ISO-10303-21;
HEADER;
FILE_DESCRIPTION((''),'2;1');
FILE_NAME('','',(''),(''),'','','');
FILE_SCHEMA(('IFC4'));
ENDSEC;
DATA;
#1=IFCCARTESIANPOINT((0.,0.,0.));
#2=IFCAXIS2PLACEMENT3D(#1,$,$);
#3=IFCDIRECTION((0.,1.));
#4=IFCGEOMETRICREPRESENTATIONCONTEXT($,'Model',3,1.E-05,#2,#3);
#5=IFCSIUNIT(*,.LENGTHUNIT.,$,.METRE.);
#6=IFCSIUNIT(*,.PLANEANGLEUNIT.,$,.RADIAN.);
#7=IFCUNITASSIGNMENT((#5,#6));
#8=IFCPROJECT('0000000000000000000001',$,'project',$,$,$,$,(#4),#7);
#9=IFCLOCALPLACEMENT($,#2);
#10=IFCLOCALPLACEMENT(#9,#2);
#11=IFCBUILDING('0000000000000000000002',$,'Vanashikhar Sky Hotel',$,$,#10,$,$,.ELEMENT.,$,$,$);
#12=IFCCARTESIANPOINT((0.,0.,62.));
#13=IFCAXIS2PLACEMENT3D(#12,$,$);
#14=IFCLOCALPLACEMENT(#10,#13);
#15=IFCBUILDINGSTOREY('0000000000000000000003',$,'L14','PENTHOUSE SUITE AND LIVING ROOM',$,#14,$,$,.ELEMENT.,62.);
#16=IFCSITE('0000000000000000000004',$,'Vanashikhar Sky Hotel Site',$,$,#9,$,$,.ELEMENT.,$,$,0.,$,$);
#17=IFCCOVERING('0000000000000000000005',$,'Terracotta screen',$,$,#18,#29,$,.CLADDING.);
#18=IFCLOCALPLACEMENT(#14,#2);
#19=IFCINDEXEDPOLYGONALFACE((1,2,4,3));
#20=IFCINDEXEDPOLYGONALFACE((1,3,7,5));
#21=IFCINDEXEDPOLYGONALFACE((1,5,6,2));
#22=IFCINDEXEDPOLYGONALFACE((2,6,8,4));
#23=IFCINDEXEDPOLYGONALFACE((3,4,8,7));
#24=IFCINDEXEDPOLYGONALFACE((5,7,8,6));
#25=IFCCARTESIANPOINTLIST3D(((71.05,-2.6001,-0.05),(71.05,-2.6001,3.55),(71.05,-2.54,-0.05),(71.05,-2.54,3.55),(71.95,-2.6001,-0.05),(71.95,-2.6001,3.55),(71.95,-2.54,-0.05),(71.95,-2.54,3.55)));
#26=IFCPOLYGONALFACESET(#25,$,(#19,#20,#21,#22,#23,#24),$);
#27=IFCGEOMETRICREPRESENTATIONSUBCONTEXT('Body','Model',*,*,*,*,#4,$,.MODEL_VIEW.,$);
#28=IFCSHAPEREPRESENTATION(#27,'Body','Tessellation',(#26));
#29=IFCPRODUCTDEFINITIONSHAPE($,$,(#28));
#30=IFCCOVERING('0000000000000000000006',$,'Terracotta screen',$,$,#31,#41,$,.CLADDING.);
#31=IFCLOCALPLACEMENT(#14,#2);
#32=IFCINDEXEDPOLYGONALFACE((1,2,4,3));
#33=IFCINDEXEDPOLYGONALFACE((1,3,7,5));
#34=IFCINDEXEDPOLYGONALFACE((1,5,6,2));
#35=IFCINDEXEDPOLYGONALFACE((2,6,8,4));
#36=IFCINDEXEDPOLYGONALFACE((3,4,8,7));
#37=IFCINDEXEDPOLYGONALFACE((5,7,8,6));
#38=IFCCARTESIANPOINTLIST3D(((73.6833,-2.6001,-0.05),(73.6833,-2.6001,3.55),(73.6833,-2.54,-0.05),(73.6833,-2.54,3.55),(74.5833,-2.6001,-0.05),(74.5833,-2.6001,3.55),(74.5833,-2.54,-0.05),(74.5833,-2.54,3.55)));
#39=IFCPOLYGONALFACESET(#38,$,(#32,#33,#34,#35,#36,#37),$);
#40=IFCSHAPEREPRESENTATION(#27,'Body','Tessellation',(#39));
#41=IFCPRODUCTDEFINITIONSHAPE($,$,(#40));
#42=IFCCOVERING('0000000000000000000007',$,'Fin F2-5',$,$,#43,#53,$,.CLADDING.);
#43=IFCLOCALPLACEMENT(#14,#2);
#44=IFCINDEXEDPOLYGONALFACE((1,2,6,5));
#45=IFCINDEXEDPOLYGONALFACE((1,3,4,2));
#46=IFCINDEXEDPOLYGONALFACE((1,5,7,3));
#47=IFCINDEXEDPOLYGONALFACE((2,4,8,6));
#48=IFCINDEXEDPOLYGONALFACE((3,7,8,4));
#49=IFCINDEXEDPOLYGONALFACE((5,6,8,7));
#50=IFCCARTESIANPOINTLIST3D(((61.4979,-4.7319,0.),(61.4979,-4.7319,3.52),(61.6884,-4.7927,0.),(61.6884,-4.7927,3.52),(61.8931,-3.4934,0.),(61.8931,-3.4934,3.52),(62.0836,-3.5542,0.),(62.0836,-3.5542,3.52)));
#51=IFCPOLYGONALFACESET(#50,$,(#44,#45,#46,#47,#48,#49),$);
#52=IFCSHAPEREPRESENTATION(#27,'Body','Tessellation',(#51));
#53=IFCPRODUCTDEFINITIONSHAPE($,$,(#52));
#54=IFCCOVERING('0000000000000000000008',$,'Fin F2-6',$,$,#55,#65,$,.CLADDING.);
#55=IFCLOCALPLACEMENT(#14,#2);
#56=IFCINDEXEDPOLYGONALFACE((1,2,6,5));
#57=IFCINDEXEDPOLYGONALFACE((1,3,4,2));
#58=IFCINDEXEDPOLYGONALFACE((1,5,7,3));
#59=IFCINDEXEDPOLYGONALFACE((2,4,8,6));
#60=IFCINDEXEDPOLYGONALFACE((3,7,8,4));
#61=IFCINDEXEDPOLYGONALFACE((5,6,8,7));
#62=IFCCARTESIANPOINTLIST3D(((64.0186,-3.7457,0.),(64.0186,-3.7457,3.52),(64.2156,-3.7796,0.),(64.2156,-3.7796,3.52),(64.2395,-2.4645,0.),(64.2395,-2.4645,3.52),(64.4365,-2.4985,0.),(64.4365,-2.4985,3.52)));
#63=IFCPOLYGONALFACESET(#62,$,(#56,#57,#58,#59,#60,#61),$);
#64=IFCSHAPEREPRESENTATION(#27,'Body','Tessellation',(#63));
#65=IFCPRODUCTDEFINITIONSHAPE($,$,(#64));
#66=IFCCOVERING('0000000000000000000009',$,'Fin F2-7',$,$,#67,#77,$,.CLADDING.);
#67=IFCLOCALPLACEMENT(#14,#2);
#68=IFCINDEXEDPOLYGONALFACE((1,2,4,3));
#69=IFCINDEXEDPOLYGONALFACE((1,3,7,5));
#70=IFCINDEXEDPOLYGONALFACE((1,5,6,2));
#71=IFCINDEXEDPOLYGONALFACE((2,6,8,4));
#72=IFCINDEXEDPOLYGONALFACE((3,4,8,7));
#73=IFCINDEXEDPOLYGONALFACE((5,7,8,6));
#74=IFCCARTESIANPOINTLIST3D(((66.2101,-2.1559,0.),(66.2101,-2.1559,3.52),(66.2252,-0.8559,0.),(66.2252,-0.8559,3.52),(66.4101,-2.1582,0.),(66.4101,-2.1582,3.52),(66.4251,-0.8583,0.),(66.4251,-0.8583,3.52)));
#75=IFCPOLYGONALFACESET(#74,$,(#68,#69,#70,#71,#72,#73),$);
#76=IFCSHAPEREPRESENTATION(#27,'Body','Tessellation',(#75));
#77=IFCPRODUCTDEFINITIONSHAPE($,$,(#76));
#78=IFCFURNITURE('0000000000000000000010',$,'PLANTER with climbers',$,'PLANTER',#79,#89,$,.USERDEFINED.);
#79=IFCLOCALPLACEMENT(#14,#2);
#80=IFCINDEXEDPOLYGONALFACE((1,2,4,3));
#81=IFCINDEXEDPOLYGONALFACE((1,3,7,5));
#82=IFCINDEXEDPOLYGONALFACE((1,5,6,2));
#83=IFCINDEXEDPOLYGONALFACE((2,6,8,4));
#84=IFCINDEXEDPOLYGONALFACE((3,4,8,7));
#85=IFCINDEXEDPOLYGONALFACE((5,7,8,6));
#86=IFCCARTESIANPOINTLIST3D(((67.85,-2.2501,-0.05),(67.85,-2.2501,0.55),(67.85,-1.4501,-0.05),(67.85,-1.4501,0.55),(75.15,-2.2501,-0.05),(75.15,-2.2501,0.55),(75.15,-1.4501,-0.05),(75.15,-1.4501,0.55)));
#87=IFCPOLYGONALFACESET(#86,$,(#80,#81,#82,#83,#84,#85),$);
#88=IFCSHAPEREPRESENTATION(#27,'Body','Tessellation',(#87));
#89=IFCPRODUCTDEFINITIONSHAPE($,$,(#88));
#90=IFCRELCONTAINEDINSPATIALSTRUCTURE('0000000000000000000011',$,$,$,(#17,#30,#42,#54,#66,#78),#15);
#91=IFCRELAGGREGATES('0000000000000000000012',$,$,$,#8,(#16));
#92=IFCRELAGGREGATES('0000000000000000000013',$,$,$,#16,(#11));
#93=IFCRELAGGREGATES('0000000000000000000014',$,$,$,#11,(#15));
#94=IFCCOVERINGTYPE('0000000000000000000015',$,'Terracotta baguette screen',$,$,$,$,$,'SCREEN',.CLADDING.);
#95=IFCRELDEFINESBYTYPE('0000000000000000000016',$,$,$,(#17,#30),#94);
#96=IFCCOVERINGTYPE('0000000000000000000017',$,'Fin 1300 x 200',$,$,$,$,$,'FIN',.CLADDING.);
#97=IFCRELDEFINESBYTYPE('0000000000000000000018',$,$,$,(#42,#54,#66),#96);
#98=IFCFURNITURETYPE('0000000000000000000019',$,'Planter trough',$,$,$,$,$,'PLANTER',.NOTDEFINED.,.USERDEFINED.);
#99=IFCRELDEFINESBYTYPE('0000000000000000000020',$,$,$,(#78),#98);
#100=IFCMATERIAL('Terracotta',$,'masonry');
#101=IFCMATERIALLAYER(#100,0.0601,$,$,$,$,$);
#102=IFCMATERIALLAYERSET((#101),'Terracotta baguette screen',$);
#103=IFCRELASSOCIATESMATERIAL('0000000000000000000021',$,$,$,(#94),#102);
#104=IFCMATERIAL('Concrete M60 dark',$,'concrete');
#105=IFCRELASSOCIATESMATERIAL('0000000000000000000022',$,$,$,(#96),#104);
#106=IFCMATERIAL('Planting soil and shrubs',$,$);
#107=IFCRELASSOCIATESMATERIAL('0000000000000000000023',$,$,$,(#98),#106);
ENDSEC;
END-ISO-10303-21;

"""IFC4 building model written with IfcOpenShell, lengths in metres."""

from ifc_helpers import new_model, si_unit, direction, frame, origin, origin_2d, place, context, subcontext, project, spatial, rectangle, extrude, source, transform, mapped, material, layer, layer_set, material_profile, profile_set, type_object, element, save


model = new_model("IFC4")

# Units and contexts
model_context = context("Model", 3, precision=1e-05, world=origin(), true_north=direction((0.0, 1.0)))
body_context = subcontext(model_context, "Body", "Model", "MODEL_VIEW")
ifc_project = project(units=[si_unit("LENGTHUNIT", "METRE"), si_unit("PLANEANGLEUNIT", "RADIAN")], contexts=[model_context])

# Site, building, storey
site_placement = place(None, origin())
site = spatial("IfcSite", under=ifc_project, at=site_placement, Name="Vanashikhar Sky Hotel Site", CompositionType="ELEMENT", RefElevation=0.0)
building_placement = place(site_placement, origin())
building = spatial("IfcBuilding", under=site, at=building_placement, Name="Vanashikhar Sky Hotel", CompositionType="ELEMENT")
storey_placement = place(building_placement, frame((0.0, 0.0, 62.0)))
storey = spatial("IfcBuildingStorey", under=building, at=storey_placement, Name="L14", Description="PENTHOUSE SUITE AND LIVING ROOM", CompositionType="ELEMENT", Elevation=62.0)

# Coverings
ifc_material_1 = material(Name="Terracotta", Category="masonry")
ifc_layer_1 = layer(ifc_material_1, 0.0601)
ifc_layer_set_1 = layer_set([ifc_layer_1], Name="Terracotta baguette screen")
covering_type_1 = type_object("IfcCoveringType", Name="Terracotta baguette screen", ElementType="SCREEN", PredefinedType="CLADDING", material=ifc_layer_set_1)
shared_shape_1 = source(origin(), body_context, "Body", "SweptSolid", [
    extrude(rectangle(XDim=0.8999, YDim=0.0601, at=origin_2d()), origin(), (0.0, 0.0, 1.0), 3.6001),
])
for number, where, z_axis, x_axis, name in (
    (1, (71.5, -2.5701, -0.05), (0.0, 0.0, 1.0), (1.0, 0.0, 0.0), "Terracotta screen"),
    (2, (74.1333, -2.5701, -0.05), (0.0, 0.0, 1.0), (1.0, 0.0, 0.0), "Terracotta screen"),
):
    element("IfcCovering", number, at=place(storey_placement, frame(where, z_axis=z_axis, x_axis=x_axis)), inside=storey, type_object=covering_type_1, Name=name, PredefinedType="CLADDING", context=body_context, shape_type="MappedRepresentation", body=[
        mapped(shared_shape_1, transform((0.0, 0.0, 0.0), scale=1.0)),
    ])
ifc_material_2 = material(Name="Concrete M60 dark", Category="concrete")
ifc_material_profile = material_profile(ifc_material_2, rectangle(XDim=1.3, YDim=0.2, at=origin_2d()))
ifc_profile_set = profile_set([ifc_material_profile], Name="Fin 1300 x 200")
covering_type_2 = type_object("IfcCoveringType", Name="Fin 1300 x 200", ElementType="FIN", PredefinedType="CLADDING", material=ifc_profile_set)
shared_shape_2 = source(origin(), body_context, "Body", "SweptSolid", [
    extrude(rectangle(XDim=1.3, YDim=0.2, at=origin_2d()), origin(), (0.0, 0.0, 1.0), 3.52),
])
for number, where, z_axis, x_axis, name in (
    (3, (61.7908, -4.1431, 0.0), (0.0, 0.0, 1.0), (-0.303967, -0.952683, 0.0), "Fin F2-5"),
    (4, (64.2275, -3.1221, 0.0), (0.0, 0.0, 1.0), (-0.1699, -0.985461, 0.0), "Fin F2-6"),
    (5, (66.3176, -1.5071, 0.0), (0.0, 0.0, 1.0), (-0.011589, -0.999933, 0.0), "Fin F2-7"),
):
    element("IfcCovering", number, at=place(storey_placement, frame(where, z_axis=z_axis, x_axis=x_axis)), inside=storey, type_object=covering_type_2, Name=name, PredefinedType="CLADDING", context=body_context, shape_type="MappedRepresentation", body=[
        mapped(shared_shape_2, transform((0.0, 0.0, 0.0), scale=1.0)),
    ])

# Furniture
ifc_material_3 = material(Name="Planting soil and shrubs")
furniture_type = type_object("IfcFurnitureType", Name="Planter trough", ElementType="PLANTER", AssemblyPlace="NOTDEFINED", PredefinedType="USERDEFINED", material=ifc_material_3)
shared_shape_3 = source(origin(), body_context, "Body", "SweptSolid", [
    extrude(rectangle(XDim=7.3, YDim=0.8, at=origin_2d()), origin(), (0.0, 0.0, 1.0), 0.6001),
])
furniture_placement = place(storey_placement, frame((71.5, -1.8501, -0.05), z_axis=(0.0, 0.0, 1.0), x_axis=(1.0, 0.0, 0.0)))
element("IfcFurniture", 6, at=furniture_placement, inside=storey, type_object=furniture_type, Name="PLANTER with climbers", ObjectType="PLANTER", PredefinedType="USERDEFINED", context=body_context, shape_type="MappedRepresentation", body=[
    mapped(shared_shape_3, transform((0.0, 0.0, 0.0), scale=1.0)),
])

save(model, "model.ifc")
